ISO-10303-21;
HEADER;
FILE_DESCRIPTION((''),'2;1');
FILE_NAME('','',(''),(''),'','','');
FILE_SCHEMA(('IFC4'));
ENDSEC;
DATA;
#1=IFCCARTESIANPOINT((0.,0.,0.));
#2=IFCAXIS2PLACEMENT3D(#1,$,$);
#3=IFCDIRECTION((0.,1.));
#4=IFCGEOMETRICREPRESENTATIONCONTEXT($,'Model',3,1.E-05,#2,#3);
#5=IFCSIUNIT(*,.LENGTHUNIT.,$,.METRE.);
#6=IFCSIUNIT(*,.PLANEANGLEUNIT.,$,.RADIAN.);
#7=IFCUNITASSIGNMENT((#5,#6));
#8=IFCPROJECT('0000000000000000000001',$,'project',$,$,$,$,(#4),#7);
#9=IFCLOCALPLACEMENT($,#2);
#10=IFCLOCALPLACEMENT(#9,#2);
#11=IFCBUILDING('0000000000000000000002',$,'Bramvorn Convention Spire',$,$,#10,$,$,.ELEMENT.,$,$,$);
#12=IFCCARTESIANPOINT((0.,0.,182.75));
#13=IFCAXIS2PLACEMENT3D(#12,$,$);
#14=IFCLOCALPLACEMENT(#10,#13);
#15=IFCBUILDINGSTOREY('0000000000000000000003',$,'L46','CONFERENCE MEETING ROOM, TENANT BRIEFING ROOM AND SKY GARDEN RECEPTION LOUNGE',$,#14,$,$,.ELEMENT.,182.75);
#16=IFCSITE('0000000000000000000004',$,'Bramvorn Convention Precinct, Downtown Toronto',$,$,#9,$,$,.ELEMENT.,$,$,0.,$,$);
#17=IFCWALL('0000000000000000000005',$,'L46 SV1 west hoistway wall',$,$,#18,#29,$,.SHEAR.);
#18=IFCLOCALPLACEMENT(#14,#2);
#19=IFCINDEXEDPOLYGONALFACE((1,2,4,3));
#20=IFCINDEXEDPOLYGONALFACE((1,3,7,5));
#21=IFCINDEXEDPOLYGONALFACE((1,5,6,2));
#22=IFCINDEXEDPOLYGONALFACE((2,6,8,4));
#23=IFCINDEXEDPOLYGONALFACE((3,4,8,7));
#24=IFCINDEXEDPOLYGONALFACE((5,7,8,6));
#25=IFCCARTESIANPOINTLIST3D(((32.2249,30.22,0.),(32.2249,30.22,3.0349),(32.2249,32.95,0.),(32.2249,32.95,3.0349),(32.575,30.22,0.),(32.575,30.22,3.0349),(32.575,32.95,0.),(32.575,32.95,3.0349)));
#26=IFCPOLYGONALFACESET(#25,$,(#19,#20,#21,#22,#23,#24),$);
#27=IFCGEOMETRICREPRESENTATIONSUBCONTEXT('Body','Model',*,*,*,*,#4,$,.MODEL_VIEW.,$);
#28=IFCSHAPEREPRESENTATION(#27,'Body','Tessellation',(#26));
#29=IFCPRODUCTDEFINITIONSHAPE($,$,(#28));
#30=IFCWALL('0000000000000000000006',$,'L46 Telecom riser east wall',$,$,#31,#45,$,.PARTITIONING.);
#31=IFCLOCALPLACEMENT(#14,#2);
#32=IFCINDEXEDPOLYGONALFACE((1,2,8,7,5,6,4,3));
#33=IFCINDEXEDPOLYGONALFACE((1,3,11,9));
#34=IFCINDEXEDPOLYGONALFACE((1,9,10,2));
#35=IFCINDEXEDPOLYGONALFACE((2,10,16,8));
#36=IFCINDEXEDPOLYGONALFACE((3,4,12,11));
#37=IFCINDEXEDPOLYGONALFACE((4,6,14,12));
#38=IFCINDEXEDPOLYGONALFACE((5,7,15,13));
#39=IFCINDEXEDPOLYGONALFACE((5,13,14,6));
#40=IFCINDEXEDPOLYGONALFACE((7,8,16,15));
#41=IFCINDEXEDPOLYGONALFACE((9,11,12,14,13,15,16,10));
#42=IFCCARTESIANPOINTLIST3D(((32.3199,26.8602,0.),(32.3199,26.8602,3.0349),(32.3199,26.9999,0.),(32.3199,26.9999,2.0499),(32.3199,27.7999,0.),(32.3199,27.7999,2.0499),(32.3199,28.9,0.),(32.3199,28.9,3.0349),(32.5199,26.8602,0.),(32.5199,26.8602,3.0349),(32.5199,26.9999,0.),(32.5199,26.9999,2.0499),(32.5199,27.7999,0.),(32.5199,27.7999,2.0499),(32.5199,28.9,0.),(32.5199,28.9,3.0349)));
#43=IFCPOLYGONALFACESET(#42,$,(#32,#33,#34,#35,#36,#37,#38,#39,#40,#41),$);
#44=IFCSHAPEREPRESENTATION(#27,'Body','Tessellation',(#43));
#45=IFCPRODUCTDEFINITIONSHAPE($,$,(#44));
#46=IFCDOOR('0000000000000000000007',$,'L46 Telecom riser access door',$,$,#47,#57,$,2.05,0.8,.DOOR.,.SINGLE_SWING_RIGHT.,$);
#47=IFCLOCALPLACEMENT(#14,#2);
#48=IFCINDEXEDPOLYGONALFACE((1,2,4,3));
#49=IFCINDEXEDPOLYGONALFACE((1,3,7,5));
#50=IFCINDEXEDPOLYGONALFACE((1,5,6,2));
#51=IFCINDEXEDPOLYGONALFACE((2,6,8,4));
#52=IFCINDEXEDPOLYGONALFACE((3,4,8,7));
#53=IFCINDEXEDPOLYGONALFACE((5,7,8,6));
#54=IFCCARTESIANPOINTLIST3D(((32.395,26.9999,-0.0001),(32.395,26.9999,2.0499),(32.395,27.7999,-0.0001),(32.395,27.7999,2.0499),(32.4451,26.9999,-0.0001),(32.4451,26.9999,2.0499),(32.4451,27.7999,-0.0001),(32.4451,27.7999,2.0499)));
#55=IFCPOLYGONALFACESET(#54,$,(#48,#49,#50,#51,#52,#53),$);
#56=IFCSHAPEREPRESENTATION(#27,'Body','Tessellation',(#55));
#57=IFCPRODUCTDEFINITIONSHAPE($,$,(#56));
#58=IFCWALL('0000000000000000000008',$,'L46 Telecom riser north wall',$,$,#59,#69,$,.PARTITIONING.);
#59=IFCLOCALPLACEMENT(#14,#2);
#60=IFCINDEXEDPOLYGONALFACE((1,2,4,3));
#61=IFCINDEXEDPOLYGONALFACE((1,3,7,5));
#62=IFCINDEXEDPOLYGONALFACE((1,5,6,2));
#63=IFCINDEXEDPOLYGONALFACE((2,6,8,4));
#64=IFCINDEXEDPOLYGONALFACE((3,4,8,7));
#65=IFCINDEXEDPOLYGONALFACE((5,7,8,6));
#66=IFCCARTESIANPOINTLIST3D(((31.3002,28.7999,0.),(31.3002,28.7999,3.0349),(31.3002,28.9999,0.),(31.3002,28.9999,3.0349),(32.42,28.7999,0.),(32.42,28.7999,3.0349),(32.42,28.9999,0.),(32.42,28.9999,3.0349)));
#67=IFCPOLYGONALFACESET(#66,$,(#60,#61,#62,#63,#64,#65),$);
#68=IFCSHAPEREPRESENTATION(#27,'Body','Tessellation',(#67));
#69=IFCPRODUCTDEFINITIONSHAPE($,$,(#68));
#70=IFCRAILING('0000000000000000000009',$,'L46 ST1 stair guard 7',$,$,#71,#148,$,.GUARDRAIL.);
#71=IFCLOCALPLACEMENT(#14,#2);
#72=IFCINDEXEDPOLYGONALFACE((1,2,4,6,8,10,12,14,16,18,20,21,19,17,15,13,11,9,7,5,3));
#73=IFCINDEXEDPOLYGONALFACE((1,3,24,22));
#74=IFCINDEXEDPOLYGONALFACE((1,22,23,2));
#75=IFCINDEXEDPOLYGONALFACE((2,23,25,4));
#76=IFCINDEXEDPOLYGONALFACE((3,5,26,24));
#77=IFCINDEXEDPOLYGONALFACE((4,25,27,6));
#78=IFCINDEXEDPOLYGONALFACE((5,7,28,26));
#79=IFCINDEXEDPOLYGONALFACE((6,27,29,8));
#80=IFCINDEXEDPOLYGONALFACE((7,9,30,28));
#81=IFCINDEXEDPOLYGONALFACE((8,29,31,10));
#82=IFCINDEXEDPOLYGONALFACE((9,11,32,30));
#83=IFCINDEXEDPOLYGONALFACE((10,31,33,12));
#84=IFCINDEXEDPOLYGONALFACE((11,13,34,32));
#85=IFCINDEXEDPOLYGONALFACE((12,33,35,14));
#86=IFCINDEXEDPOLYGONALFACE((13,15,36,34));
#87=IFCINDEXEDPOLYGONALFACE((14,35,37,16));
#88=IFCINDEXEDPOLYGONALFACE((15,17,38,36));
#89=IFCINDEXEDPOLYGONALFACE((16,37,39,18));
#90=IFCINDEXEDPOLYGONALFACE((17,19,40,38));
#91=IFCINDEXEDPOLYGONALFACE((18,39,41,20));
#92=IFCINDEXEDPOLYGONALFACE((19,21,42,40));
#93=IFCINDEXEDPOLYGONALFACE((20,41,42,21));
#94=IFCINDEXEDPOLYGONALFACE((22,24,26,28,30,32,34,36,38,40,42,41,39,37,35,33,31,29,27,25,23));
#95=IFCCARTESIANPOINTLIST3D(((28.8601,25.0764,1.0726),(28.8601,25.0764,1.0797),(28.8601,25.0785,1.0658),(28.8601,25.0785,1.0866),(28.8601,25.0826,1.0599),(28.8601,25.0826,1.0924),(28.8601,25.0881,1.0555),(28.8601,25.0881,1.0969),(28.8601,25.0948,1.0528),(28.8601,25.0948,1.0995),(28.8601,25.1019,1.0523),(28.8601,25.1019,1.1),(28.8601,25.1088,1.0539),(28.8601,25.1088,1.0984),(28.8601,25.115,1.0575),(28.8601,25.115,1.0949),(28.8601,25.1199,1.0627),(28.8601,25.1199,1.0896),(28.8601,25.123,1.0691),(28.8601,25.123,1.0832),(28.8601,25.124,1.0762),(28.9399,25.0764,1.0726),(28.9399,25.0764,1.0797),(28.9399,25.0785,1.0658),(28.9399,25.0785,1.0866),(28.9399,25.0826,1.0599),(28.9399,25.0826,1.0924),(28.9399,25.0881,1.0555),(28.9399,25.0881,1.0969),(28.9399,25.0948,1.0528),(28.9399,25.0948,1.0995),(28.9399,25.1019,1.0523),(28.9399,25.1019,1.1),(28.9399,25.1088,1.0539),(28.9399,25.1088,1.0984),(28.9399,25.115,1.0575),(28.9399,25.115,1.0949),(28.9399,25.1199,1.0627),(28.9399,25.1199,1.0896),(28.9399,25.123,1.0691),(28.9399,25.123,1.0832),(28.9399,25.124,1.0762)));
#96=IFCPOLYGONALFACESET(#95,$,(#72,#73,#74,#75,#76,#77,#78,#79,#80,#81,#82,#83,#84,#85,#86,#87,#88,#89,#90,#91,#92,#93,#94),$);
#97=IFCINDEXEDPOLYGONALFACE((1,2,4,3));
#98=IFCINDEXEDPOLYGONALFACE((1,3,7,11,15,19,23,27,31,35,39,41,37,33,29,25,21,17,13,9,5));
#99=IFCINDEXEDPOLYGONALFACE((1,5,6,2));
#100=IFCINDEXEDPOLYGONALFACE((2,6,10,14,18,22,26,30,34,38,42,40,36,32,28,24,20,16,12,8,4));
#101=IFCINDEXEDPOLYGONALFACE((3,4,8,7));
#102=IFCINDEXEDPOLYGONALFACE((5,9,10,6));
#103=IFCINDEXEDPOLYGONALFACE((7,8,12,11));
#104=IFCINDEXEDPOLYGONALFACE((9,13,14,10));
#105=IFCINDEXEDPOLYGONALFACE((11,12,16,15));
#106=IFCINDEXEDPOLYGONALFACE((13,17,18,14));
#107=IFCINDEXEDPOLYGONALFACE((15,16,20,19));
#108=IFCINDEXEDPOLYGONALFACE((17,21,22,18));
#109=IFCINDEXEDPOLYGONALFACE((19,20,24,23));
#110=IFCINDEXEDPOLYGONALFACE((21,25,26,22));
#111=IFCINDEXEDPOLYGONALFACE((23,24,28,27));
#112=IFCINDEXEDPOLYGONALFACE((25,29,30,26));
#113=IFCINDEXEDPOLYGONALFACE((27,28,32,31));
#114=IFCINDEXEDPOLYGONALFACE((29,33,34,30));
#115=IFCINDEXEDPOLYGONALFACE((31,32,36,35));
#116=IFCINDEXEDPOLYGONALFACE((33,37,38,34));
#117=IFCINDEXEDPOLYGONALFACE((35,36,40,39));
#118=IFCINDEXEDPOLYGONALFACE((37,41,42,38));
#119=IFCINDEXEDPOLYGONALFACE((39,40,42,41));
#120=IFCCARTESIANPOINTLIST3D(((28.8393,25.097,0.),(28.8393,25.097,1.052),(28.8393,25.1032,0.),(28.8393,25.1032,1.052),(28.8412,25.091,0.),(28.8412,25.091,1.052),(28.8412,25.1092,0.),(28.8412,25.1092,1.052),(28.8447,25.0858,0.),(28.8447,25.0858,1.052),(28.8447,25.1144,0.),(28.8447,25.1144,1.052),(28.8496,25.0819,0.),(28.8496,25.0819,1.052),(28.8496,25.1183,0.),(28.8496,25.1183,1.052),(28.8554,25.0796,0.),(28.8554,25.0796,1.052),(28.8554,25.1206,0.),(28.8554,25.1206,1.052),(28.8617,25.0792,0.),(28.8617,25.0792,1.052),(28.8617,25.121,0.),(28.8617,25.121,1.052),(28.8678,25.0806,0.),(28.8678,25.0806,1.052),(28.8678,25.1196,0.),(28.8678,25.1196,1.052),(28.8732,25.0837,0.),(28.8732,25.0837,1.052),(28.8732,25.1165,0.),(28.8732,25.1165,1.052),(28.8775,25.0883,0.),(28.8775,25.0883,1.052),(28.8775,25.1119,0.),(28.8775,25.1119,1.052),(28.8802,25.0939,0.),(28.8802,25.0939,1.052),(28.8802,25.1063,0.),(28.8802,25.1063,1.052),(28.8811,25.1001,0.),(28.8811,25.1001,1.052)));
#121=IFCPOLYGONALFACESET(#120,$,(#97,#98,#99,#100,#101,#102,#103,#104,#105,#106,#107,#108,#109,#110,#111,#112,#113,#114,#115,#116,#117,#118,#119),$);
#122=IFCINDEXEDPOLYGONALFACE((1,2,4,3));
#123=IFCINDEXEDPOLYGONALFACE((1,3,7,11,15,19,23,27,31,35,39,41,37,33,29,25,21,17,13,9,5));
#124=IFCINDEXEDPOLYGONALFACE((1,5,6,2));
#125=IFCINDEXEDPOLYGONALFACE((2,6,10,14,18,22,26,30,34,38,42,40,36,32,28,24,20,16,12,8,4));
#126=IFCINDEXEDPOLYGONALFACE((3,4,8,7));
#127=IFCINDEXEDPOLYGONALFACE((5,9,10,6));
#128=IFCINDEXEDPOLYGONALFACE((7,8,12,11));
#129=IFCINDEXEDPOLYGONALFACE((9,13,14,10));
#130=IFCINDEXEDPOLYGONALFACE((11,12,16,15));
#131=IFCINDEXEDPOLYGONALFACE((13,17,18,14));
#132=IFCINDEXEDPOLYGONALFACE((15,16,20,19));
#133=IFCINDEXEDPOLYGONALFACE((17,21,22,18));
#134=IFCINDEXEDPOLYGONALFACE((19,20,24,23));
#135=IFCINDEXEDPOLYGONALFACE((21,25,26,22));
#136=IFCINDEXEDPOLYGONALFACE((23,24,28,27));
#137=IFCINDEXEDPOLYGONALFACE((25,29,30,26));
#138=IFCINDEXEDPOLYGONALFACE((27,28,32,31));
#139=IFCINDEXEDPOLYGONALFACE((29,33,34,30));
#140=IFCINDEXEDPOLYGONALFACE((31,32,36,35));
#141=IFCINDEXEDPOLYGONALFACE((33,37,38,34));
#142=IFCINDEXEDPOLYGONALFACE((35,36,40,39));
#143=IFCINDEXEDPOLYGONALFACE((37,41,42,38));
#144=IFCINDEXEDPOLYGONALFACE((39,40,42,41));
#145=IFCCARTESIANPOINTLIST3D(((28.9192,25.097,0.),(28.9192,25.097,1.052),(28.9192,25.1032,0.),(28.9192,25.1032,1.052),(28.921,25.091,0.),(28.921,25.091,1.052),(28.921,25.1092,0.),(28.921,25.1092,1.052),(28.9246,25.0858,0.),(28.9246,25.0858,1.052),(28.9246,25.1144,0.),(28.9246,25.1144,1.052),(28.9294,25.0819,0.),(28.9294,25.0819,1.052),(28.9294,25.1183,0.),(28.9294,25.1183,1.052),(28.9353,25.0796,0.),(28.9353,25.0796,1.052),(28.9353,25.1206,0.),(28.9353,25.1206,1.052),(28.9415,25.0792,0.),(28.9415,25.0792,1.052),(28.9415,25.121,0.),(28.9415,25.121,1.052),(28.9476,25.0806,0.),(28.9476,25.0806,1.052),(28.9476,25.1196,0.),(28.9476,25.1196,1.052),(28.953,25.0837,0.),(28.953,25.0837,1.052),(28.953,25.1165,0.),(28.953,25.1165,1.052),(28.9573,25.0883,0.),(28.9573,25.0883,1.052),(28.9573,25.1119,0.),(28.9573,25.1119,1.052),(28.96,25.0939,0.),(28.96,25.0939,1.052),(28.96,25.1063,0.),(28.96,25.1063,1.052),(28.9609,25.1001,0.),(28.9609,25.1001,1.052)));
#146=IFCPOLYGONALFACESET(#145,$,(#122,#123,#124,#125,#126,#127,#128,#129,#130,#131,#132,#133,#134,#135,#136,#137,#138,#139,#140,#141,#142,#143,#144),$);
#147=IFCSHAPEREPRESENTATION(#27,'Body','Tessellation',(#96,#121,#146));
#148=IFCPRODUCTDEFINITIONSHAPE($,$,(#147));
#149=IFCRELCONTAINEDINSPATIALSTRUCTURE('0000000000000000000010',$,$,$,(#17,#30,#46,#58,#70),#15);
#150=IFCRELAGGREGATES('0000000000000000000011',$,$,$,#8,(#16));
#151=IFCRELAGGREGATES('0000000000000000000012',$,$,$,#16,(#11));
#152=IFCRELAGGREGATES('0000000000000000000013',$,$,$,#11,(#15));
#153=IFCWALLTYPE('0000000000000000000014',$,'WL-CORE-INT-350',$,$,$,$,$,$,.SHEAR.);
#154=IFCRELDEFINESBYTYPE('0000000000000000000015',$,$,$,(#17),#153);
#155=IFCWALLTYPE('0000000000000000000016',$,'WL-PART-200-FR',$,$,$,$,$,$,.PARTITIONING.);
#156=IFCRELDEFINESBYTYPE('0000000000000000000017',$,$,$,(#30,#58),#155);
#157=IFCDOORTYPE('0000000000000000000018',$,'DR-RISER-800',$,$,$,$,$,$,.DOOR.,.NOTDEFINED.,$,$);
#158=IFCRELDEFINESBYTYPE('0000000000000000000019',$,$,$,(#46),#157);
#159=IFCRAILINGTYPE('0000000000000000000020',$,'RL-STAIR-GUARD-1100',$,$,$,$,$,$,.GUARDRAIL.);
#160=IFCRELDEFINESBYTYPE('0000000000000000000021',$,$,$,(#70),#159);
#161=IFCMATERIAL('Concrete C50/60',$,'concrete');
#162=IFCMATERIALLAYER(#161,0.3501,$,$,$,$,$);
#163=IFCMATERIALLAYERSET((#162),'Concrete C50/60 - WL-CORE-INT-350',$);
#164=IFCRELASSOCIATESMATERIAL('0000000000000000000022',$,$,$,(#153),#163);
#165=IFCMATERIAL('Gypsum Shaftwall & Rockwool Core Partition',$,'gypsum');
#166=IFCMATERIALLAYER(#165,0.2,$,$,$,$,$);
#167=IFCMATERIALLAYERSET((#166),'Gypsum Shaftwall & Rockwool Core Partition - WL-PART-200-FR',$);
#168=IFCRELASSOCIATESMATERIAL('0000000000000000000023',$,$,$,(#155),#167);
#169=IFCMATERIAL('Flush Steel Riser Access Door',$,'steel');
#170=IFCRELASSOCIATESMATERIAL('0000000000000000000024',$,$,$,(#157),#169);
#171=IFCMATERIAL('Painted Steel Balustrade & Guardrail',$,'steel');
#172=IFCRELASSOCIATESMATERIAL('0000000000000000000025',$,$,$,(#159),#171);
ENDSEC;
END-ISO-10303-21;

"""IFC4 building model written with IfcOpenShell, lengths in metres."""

from ifc_helpers import new_model, si_unit, direction, frame, frame_2d, origin, origin_2d, place, context, subcontext, project, spatial, rectangle, circle, extrude, material, layer, layer_set, type_object, element, fill, save


model = new_model("IFC4")

# Units and contexts
model_context = context("Model", 3, precision=1e-05, world=origin(), true_north=direction((0.0, 1.0)))
body_context = subcontext(model_context, "Body", "Model", "MODEL_VIEW")
ifc_project = project(units=[si_unit("LENGTHUNIT", "METRE"), si_unit("PLANEANGLEUNIT", "RADIAN")], contexts=[model_context])

# Site, building, storey
site_placement = place(None, origin())
site = spatial("IfcSite", under=ifc_project, at=site_placement, Name="Bramvorn Convention Precinct, Downtown Toronto", CompositionType="ELEMENT", RefElevation=0.0)
building_placement = place(site_placement, origin())
building = spatial("IfcBuilding", under=site, at=building_placement, Name="Bramvorn Convention Spire", CompositionType="ELEMENT")
storey_placement = place(building_placement, frame((0.0, 0.0, 182.75)))
storey = spatial("IfcBuildingStorey", under=building, at=storey_placement, Name="L46", Description="CONFERENCE MEETING ROOM, TENANT BRIEFING ROOM AND SKY GARDEN RECEPTION LOUNGE", CompositionType="ELEMENT", Elevation=182.75)

# Shared definitions
ifc_material_1 = material(Name="Concrete C50/60", Category="concrete")
ifc_layer_1 = layer(ifc_material_1, 0.3501)
ifc_layer_set_1 = layer_set([ifc_layer_1], Name="Concrete C50/60 - WL-CORE-INT-350")
wall_type_1 = type_object("IfcWallType", Name="WL-CORE-INT-350", PredefinedType="SHEAR", material=ifc_layer_set_1)

# Wall
wall_1_placement = place(storey_placement, frame((32.3999, 30.22, 0.0), z_axis=(0.0, 0.0, 1.0), x_axis=(0.0, 1.0, 0.0)))
element("IfcWall", 1, at=wall_1_placement, inside=storey, type_object=wall_type_1, Name="L46 SV1 west hoistway wall", PredefinedType="SHEAR", context=body_context, shape_type="SweptSolid", body=[
    extrude(rectangle(XDim=2.73, YDim=0.3501, at=frame_2d((1.365, 0.0))), origin(), (0.0, 0.0, 1.0), 3.0349),
])

# Wall, opening, door
ifc_material_2 = material(Name="Gypsum Shaftwall & Rockwool Core Partition", Category="gypsum")
ifc_layer_2 = layer(ifc_material_2, 0.2)
ifc_layer_set_2 = layer_set([ifc_layer_2], Name="Gypsum Shaftwall & Rockwool Core Partition - WL-PART-200-FR")
wall_type_2 = type_object("IfcWallType", Name="WL-PART-200-FR", PredefinedType="PARTITIONING", material=ifc_layer_set_2)
wall_2_placement = place(storey_placement, frame((32.4199, 26.8601, 0.0), z_axis=(0.0, 0.0, 1.0), x_axis=(0.0, 1.0, 0.0)))
wall_2 = element("IfcWall", 2, at=wall_2_placement, inside=storey, type_object=wall_type_2, Name="L46 Telecom riser east wall", PredefinedType="PARTITIONING", context=body_context, shape_type="SweptSolid", body=[
    extrude(rectangle(XDim=2.0398, YDim=0.2, at=frame_2d((1.02, 0.0))), origin(), (0.0, 0.0, 1.0), 3.0349),
])
opening_1_placement = place(wall_2_placement, frame((0.1399, 0.0, 0.0)))
opening_1 = element("IfcOpeningElement", 3, at=opening_1_placement, cuts=wall_2, PredefinedType="OPENING", context=body_context, shape_type="SweptSolid", body=[
    extrude(rectangle(XDim=0.8, YDim=2.05, at=frame_2d((0.3999, 1.0249))), frame((0.0, 0.1099, 0.0), z_axis=(0.0, -1.0, 0.0), x_axis=(1.0, 0.0, 0.0)), (0.0, 0.0, 1.0), 0.22),
])
ifc_material_3 = material(Name="Flush Steel Riser Access Door", Category="steel")
door_type_1 = type_object("IfcDoorType", Name="DR-RISER-800", OperationType="NOTDEFINED", PredefinedType="DOOR", material=ifc_material_3)
door_1_placement = place(opening_1_placement, origin())
door_1 = element("IfcDoor", 4, at=door_1_placement, inside=storey, type_object=door_type_1, Name="L46 Telecom riser access door", OperationType="SINGLE_SWING_RIGHT", OverallHeight=2.05, OverallWidth=0.8, PredefinedType="DOOR", context=body_context, shape_type="SweptSolid", body=[
    extrude(rectangle(XDim=0.8, YDim=2.05, at=frame_2d((0.3999, 1.0249))), frame((0.0, 0.0249, 0.0), z_axis=(0.0, -1.0, 0.0), x_axis=(1.0, 0.0, 0.0)), (0.0, 0.0, 1.0), 0.05),
])
fill(opening_1, door_1)

# Wall
wall_3_placement = place(storey_placement, frame((31.3, 28.8999, 0.0), z_axis=(0.0, 0.0, 1.0), x_axis=(1.0, 0.0, 0.0)))
element("IfcWall", 5, at=wall_3_placement, inside=storey, type_object=wall_type_2, Name="L46 Telecom riser north wall", PredefinedType="PARTITIONING", context=body_context, shape_type="SweptSolid", body=[
    extrude(rectangle(XDim=1.1199, YDim=0.2, at=frame_2d((0.5601, 0.0))), origin(), (0.0, 0.0, 1.0), 3.0349),
])

# Railing
ifc_material_4 = material(Name="Painted Steel Balustrade & Guardrail", Category="steel")
railing_type = type_object("IfcRailingType", Name="RL-STAIR-GUARD-1100", PredefinedType="GUARDRAIL", material=ifc_material_4)
railing_1_placement = place(storey_placement, frame((28.8601, 25.1001, 0.0)))
element("IfcRailing", 6, at=railing_1_placement, inside=storey, type_object=railing_type, Name="L46 ST1 stair guard 7", PredefinedType="GUARDRAIL", context=body_context, shape_type="SweptSolid", body=[
    extrude(circle(Radius=0.0239, at=origin_2d()), frame((0.0, 0.0, 1.0762), z_axis=(1.0, 0.0, 0.0), x_axis=(0.0, 1.0, 0.0)), (0.0, 0.0, 1.0), 0.0798),
    extrude(circle(Radius=0.021, at=origin_2d()), origin(), (0.0, 0.0, 1.0), 1.052),
    extrude(circle(Radius=0.021, at=origin_2d()), frame((0.0798, 0.0, 0.0)), (0.0, 0.0, 1.0), 1.052),
])

save(model, "model.ifc")
